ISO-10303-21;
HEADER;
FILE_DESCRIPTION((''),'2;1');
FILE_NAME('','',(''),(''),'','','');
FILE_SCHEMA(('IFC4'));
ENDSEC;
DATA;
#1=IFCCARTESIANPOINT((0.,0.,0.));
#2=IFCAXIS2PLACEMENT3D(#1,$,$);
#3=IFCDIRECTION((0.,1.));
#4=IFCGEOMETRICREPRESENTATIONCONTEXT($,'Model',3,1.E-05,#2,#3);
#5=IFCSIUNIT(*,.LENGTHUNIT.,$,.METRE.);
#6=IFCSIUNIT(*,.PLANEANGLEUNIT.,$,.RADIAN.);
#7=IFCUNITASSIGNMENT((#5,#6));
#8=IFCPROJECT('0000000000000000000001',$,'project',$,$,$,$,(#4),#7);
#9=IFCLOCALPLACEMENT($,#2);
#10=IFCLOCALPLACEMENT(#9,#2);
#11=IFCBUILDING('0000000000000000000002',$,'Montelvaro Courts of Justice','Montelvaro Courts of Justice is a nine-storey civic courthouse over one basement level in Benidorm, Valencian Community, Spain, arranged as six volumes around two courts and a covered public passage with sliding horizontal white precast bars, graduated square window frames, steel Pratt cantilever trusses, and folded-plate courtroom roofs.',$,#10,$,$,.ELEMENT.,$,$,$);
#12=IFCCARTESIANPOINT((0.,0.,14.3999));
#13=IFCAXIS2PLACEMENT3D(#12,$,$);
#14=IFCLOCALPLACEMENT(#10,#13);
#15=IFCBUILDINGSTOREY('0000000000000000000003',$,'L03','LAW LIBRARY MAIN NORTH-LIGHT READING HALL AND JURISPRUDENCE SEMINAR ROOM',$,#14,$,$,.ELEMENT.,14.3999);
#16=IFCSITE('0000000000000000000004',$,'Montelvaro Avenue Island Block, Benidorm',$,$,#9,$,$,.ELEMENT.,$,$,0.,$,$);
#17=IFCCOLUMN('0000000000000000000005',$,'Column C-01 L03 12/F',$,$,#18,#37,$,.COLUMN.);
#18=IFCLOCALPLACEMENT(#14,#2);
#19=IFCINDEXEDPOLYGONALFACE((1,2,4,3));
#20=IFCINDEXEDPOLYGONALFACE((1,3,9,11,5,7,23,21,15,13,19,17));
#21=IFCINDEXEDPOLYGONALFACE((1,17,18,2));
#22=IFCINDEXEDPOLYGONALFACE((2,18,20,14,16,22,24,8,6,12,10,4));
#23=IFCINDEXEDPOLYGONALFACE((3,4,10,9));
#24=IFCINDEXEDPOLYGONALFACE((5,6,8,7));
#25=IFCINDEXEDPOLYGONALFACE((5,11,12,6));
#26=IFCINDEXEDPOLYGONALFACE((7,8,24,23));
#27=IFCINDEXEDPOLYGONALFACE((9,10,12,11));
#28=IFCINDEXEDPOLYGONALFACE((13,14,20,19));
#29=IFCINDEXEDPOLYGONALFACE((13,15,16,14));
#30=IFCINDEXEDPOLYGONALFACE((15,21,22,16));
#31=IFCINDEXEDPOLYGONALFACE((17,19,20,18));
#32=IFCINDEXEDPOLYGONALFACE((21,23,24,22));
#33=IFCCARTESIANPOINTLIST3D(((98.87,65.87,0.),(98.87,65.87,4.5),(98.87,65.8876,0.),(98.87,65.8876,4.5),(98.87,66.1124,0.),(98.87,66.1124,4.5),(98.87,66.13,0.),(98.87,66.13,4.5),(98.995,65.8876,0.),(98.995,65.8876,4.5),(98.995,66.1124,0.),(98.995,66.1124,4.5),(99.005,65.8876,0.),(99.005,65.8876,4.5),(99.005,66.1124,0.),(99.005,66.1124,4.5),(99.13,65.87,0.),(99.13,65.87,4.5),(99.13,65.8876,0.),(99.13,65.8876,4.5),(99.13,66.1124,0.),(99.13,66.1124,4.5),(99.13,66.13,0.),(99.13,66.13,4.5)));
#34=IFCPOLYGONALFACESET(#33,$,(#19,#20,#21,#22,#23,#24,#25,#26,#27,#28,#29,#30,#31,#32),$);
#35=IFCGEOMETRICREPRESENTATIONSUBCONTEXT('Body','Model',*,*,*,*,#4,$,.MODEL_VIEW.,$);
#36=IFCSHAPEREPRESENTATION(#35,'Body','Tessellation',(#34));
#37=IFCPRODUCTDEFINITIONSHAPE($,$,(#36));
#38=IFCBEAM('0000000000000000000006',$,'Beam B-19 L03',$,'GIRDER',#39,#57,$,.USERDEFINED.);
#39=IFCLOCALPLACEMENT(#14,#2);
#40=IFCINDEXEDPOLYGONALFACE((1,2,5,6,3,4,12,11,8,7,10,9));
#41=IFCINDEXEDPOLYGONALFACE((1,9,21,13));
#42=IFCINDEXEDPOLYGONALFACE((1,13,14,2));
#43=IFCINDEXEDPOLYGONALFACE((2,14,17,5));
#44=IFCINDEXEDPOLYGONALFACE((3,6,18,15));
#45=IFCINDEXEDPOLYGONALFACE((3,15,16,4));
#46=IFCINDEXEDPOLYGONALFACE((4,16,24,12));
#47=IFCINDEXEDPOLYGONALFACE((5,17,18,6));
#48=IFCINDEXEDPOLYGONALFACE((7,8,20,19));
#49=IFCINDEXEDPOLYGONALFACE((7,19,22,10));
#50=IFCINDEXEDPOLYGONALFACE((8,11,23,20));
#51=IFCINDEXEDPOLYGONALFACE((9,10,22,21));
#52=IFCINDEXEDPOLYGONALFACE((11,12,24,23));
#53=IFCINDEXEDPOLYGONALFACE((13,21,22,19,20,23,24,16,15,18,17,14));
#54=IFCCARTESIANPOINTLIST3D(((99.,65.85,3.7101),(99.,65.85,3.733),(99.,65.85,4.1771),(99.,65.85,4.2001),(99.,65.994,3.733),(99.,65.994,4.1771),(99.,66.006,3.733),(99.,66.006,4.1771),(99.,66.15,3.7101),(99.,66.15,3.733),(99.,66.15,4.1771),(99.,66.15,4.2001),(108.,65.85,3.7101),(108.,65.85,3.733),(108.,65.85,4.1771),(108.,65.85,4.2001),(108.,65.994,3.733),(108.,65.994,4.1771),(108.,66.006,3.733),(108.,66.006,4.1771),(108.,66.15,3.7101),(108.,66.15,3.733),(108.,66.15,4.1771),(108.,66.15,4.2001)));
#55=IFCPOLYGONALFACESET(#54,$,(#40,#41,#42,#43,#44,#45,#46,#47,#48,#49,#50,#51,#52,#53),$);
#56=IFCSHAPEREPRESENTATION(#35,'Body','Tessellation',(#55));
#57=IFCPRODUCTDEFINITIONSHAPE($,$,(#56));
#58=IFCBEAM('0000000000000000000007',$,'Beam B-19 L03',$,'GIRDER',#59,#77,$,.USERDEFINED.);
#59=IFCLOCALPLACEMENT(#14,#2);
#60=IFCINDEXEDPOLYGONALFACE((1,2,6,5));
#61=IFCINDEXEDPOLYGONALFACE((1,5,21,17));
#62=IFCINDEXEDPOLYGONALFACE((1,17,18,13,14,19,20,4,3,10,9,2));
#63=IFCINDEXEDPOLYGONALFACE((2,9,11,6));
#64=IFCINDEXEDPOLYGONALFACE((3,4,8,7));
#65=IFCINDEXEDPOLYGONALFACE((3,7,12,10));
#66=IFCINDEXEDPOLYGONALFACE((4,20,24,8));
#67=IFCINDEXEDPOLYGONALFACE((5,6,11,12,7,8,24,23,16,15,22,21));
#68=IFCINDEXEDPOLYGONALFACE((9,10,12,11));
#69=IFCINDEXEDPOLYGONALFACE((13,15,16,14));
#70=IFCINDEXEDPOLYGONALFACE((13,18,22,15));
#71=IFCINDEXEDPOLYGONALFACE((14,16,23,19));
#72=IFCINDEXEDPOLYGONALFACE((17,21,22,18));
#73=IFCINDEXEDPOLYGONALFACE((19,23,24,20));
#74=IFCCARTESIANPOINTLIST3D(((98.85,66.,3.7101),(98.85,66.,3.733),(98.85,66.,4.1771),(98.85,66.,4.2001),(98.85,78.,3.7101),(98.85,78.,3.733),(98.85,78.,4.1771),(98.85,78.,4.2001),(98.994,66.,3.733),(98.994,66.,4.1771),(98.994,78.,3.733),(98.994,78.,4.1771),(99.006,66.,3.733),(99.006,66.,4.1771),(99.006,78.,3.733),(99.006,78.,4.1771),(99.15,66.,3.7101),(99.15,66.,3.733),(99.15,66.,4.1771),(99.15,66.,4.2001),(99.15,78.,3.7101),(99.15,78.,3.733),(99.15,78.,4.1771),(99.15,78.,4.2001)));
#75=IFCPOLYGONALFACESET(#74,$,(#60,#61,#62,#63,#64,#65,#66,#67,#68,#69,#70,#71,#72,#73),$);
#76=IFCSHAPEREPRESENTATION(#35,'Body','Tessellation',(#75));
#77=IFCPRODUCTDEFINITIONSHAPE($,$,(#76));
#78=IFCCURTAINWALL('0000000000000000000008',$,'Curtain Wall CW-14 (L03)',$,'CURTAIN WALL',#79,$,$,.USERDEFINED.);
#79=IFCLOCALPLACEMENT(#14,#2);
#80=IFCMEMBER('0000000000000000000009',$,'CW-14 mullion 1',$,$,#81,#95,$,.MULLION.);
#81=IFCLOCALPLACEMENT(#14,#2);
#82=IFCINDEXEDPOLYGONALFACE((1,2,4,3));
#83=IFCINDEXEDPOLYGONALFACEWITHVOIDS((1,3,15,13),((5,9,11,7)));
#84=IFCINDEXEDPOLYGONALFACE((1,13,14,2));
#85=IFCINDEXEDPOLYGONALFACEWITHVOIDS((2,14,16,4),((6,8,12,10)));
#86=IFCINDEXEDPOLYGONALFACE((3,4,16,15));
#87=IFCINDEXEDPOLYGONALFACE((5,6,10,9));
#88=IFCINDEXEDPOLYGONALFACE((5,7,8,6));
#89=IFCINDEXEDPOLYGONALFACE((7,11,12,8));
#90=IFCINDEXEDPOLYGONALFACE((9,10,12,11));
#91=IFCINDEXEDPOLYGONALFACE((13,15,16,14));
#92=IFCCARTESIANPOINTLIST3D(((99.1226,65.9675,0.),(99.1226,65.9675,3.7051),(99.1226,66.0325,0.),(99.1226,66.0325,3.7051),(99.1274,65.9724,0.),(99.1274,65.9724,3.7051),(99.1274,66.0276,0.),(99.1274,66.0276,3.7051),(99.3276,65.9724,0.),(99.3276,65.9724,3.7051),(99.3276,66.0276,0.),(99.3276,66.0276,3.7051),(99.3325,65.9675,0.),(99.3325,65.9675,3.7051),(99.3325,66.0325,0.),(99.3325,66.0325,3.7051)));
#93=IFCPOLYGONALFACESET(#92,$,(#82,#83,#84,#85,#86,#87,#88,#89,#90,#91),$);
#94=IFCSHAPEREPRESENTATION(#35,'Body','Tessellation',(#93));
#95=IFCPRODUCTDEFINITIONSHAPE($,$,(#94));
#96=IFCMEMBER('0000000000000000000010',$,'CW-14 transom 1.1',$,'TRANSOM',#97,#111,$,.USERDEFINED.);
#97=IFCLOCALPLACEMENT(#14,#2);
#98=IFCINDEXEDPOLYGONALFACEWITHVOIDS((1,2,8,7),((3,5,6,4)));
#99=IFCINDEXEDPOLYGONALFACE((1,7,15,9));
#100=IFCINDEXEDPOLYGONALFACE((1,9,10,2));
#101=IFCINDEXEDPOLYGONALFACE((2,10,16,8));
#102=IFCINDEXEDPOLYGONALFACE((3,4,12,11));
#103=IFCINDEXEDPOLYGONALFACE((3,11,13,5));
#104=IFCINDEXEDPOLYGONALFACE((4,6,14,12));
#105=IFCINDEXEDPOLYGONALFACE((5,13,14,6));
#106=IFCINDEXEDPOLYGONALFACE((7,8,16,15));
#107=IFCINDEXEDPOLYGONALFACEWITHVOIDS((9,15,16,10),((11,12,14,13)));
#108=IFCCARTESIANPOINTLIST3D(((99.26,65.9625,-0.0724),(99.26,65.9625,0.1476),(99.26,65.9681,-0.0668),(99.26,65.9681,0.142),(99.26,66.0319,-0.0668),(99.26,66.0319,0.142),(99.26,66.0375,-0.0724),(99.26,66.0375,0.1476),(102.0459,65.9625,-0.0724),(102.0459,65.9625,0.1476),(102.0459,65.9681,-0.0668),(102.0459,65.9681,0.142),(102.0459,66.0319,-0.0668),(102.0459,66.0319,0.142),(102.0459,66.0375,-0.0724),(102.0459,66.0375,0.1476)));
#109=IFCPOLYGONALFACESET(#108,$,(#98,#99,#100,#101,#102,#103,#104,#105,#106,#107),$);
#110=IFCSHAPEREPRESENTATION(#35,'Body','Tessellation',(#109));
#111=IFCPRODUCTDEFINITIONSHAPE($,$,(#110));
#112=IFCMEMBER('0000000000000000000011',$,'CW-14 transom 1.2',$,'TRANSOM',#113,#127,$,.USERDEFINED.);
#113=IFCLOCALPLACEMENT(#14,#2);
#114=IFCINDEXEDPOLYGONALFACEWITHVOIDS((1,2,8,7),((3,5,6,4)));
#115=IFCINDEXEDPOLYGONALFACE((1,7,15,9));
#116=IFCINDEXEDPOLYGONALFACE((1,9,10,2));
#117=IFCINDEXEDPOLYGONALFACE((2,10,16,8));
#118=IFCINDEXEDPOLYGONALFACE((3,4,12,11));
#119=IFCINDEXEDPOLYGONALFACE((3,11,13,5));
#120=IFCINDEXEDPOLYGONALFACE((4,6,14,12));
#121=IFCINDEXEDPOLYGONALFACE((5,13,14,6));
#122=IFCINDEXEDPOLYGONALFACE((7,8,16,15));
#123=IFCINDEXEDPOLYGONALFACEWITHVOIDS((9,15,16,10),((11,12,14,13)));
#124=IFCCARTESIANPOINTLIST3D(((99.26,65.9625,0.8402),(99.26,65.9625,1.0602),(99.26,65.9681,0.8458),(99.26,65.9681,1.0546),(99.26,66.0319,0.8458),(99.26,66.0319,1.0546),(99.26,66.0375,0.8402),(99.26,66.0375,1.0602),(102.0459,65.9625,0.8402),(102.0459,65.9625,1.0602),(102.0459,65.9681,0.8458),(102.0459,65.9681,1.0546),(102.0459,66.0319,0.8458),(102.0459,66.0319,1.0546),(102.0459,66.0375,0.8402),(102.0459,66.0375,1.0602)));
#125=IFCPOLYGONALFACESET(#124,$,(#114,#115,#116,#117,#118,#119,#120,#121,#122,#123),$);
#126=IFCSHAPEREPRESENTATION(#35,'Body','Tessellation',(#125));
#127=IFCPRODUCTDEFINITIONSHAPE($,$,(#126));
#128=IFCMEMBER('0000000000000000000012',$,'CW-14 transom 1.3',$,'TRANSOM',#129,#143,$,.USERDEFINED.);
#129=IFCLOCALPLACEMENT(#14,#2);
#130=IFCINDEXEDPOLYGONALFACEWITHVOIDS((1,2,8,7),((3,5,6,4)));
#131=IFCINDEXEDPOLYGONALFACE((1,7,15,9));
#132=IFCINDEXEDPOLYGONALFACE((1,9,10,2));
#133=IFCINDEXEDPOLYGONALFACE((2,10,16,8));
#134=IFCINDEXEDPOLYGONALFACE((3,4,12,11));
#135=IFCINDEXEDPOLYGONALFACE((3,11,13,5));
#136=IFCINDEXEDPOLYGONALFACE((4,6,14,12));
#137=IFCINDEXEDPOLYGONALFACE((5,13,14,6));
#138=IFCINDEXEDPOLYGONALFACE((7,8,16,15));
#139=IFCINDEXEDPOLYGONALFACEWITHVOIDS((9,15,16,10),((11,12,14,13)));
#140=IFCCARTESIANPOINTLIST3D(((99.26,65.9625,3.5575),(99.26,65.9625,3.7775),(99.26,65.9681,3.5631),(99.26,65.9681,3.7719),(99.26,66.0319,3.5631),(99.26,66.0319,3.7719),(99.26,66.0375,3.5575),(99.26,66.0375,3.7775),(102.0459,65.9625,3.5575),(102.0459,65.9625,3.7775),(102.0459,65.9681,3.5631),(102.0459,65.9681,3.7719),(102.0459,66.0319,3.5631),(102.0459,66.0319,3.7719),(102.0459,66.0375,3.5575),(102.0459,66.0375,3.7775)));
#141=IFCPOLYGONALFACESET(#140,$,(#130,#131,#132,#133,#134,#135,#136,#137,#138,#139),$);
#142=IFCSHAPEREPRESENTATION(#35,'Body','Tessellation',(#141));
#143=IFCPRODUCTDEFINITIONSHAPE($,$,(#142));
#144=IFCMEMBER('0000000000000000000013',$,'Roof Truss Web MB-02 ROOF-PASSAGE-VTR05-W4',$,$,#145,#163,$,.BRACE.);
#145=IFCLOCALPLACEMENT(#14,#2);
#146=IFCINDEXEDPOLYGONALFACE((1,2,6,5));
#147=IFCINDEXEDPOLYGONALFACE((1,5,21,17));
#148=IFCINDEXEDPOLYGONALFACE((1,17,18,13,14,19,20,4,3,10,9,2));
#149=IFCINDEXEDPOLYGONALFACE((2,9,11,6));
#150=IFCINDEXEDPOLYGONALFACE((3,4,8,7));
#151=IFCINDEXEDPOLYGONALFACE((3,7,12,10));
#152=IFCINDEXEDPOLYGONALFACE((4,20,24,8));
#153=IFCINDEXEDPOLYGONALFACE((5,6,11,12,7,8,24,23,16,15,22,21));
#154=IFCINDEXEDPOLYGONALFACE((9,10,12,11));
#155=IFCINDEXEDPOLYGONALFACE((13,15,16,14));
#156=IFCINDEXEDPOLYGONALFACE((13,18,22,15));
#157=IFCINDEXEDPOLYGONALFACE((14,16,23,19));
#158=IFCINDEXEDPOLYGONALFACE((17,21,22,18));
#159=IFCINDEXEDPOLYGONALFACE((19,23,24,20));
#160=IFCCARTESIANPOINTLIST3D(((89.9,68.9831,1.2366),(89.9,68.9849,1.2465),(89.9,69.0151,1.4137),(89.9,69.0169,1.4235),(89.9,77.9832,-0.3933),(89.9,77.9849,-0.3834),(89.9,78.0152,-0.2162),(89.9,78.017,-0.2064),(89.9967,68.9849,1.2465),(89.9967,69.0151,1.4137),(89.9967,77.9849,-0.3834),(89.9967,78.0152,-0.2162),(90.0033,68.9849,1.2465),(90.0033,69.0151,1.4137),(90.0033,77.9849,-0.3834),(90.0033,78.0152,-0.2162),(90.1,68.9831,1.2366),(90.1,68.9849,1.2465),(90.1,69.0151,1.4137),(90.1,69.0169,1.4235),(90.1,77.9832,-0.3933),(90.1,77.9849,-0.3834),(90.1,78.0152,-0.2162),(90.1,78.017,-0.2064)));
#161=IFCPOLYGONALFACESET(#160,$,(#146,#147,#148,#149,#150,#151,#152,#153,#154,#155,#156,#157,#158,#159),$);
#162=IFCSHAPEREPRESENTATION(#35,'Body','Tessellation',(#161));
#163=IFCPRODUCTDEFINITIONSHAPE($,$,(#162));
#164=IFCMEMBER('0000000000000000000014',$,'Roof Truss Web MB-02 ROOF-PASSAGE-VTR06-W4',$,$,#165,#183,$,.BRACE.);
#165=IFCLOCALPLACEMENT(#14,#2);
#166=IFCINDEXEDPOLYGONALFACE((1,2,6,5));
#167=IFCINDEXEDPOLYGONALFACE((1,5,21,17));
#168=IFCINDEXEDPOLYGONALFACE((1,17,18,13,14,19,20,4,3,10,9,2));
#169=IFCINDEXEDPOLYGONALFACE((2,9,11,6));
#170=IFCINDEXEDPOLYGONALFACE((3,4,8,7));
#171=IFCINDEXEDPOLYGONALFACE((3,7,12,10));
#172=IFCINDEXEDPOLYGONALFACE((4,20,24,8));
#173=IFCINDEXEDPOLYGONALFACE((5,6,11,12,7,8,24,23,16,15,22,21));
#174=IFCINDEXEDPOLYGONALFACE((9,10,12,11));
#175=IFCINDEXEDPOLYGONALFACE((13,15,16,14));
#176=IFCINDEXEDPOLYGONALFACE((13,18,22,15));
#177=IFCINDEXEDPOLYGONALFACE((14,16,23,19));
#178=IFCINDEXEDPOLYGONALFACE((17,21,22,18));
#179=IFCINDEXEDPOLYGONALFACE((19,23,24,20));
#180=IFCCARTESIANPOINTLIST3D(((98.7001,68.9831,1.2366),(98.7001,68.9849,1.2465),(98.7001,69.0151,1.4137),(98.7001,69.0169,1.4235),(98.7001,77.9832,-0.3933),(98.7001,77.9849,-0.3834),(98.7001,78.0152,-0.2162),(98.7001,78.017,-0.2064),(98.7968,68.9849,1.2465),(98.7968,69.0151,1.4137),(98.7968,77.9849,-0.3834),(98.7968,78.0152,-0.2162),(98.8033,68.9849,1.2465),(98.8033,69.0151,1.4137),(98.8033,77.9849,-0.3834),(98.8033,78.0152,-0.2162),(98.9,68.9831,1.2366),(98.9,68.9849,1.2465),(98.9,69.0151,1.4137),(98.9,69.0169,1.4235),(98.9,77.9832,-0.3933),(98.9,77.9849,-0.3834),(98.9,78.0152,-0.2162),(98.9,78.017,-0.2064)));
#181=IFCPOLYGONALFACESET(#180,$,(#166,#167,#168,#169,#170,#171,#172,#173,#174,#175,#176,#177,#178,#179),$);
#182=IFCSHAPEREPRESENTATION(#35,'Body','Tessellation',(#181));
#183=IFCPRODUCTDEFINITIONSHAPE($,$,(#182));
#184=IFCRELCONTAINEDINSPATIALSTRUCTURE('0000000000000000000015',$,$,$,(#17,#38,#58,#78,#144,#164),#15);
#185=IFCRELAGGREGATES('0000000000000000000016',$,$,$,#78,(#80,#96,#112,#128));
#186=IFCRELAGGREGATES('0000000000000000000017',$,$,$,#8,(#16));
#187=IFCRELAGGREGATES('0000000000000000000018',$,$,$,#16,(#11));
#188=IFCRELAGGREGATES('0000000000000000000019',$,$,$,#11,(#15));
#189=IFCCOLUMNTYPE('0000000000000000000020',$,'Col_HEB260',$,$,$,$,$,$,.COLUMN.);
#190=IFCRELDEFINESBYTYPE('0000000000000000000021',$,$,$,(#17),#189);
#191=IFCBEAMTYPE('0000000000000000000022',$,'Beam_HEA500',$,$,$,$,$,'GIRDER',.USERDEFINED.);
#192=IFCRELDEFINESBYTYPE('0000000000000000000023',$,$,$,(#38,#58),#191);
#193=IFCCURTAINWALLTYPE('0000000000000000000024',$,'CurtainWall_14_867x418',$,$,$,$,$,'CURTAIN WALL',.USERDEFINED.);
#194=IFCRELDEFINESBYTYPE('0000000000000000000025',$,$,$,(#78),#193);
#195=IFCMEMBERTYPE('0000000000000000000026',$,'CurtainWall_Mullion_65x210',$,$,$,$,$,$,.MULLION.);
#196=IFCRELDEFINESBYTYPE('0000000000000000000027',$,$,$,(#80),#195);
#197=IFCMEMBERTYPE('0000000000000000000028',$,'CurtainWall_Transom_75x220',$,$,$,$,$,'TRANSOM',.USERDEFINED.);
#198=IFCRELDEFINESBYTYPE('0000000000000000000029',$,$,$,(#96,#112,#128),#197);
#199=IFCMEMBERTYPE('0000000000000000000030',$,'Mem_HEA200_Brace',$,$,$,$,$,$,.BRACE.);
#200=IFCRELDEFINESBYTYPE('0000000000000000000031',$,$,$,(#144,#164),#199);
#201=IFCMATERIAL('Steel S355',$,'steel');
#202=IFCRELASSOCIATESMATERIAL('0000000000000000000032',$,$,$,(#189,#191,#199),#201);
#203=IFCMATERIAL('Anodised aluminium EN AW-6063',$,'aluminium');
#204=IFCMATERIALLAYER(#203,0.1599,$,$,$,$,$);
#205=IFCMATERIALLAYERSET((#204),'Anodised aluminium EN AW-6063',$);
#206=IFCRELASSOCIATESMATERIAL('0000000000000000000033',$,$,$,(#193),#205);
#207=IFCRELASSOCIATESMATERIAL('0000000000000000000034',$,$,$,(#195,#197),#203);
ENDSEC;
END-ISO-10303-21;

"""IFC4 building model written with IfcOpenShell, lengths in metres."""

from ifc_helpers import new_model, si_unit, direction, frame, origin, origin_2d, place, context, subcontext, project, spatial, hollow_rectangle, i_section, extrude, material, layer, layer_set, material_profile, profile_set, type_object, element, aggregate, save


model = new_model("IFC4")

# Units and contexts
model_context = context("Model", 3, precision=1e-05, world=origin(), true_north=direction((0.0, 1.0)))
body_context = subcontext(model_context, "Body", "Model", "MODEL_VIEW")
ifc_project = project(units=[si_unit("LENGTHUNIT", "METRE"), si_unit("PLANEANGLEUNIT", "RADIAN")], contexts=[model_context])

# Site, building, storey
site_placement = place(None, origin())
site = spatial("IfcSite", under=ifc_project, at=site_placement, Name="Montelvaro Avenue Island Block, Benidorm", CompositionType="ELEMENT", RefElevation=0.0)
building_placement = place(site_placement, origin())
building = spatial("IfcBuilding", under=site, at=building_placement, Name="Montelvaro Courts of Justice", Description="Montelvaro Courts of Justice is a nine-storey civic courthouse over one basement level in Benidorm, Valencian Community, Spain, arranged as six volumes around two courts and a covered public passage with sliding horizontal white precast bars, graduated square window frames, steel Pratt cantilever trusses, and folded-plate courtroom roofs.", CompositionType="ELEMENT")
storey_placement = place(building_placement, frame((0.0, 0.0, 14.3999)))
storey = spatial("IfcBuildingStorey", under=building, at=storey_placement, Name="L03", Description="LAW LIBRARY MAIN NORTH-LIGHT READING HALL AND JURISPRUDENCE SEMINAR ROOM", CompositionType="ELEMENT", Elevation=14.3999)

# Column
ifc_material_1 = material(Name="Steel S355", Category="steel")
ifc_material_profile_1 = material_profile(ifc_material_1, i_section(OverallWidth=0.26, OverallDepth=0.26, WebThickness=0.01, FlangeThickness=0.0176, at=origin_2d()), Name="HEB 260")
ifc_profile_set_1 = profile_set([ifc_material_profile_1], Name="Steel S355")
column_type = type_object("IfcColumnType", Name="Col_HEB260", PredefinedType="COLUMN", material=ifc_profile_set_1)
column_placement = place(storey_placement, frame((99.0, 66.0, 0.0), z_axis=(0.0, 0.0, 1.0), x_axis=(1.0, 0.0, 0.0)))
element("IfcColumn", 1, at=column_placement, inside=storey, type_object=column_type, Name="Column C-01 L03 12/F", PredefinedType="COLUMN", context=body_context, shape_type="SweptSolid", body=[
    extrude(i_section(OverallWidth=0.26, OverallDepth=0.26, WebThickness=0.01, FlangeThickness=0.0176, at=origin_2d()), origin(), (0.0, 0.0, 1.0), 4.5),
])

# Beams
ifc_material_profile_2 = material_profile(ifc_material_1, i_section(OverallWidth=0.3, OverallDepth=0.49, WebThickness=0.012, FlangeThickness=0.0229, at=origin_2d()), Name="HEA 500")
ifc_profile_set_2 = profile_set([ifc_material_profile_2], Name="Steel S355")
beam_type = type_object("IfcBeamType", Name="Beam_HEA500", ElementType="GIRDER", PredefinedType="USERDEFINED", material=ifc_profile_set_2)
beam_1_placement = place(storey_placement, frame((99.0, 66.0, 3.9551), z_axis=(1.0, 0.0, 0.0), x_axis=(0.0, 1.0, 0.0)))
element("IfcBeam", 2, at=beam_1_placement, inside=storey, type_object=beam_type, Name="Beam B-19 L03", ObjectType="GIRDER", PredefinedType="USERDEFINED", context=body_context, shape_type="SweptSolid", body=[
    extrude(i_section(OverallWidth=0.3, OverallDepth=0.49, WebThickness=0.012, FlangeThickness=0.0229, at=origin_2d()), origin(), (0.0, 0.0, 1.0), 9.0),
])
beam_2_placement = place(storey_placement, frame((99.0, 66.0, 3.9551), z_axis=(0.0, 1.0, 0.0), x_axis=(-1.0, 0.0, 0.0)))
element("IfcBeam", 3, at=beam_2_placement, inside=storey, type_object=beam_type, Name="Beam B-19 L03", ObjectType="GIRDER", PredefinedType="USERDEFINED", context=body_context, shape_type="SweptSolid", body=[
    extrude(i_section(OverallWidth=0.3, OverallDepth=0.49, WebThickness=0.012, FlangeThickness=0.0229, at=origin_2d()), origin(), (0.0, 0.0, 1.0), 12.0),
])

# Curtain wall, members
ifc_material_2 = material(Name="Anodised aluminium EN AW-6063", Category="aluminium")
ifc_layer_1 = layer(ifc_material_2, 0.1599)
ifc_layer_set_1 = layer_set([ifc_layer_1], Name="Anodised aluminium EN AW-6063")
curtain_wall_type = type_object("IfcCurtainWallType", Name="CurtainWall_14_867x418", ElementType="CURTAIN WALL", PredefinedType="USERDEFINED", material=ifc_layer_set_1)
curtain_wall_placement = place(storey_placement, origin())
curtain_wall = element("IfcCurtainWall", 4, at=curtain_wall_placement, inside=storey, type_object=curtain_wall_type, Name="Curtain Wall CW-14 (L03)", ObjectType="CURTAIN WALL", PredefinedType="USERDEFINED")
ifc_material_profile_3 = material_profile(ifc_material_2, hollow_rectangle(XDim=0.0649, YDim=0.21, WallThickness=0.0049, at=origin_2d()), Name="ALU-M 65x210")
ifc_profile_set_3 = profile_set([ifc_material_profile_3], Name="Anodised aluminium EN AW-6063")
member_type_1 = type_object("IfcMemberType", Name="CurtainWall_Mullion_65x210", PredefinedType="MULLION", material=ifc_profile_set_3)
member_1_placement = place(storey_placement, frame((99.2275, 66.0, 0.0), z_axis=(0.0, 0.0, 1.0), x_axis=(0.0, 1.0, 0.0)))
member_1 = element("IfcMember", 5, at=member_1_placement, type_object=member_type_1, Name="CW-14 mullion 1", PredefinedType="MULLION", context=body_context, shape_type="SweptSolid", body=[
    extrude(hollow_rectangle(XDim=0.0649, YDim=0.21, WallThickness=0.0049, at=origin_2d()), origin(), (0.0, 0.0, 1.0), 3.7051),
])
ifc_material_profile_4 = material_profile(ifc_material_2, hollow_rectangle(XDim=0.075, YDim=0.22, WallThickness=0.0056, at=origin_2d()), Name="ALU-T 75x220")
ifc_profile_set_4 = profile_set([ifc_material_profile_4], Name="Anodised aluminium EN AW-6063")
member_type_2 = type_object("IfcMemberType", Name="CurtainWall_Transom_75x220", ElementType="TRANSOM", PredefinedType="USERDEFINED", material=ifc_profile_set_4)
member_2_placement = place(storey_placement, frame((99.26, 66.0, 0.0376), z_axis=(1.0, 0.0, 0.0), x_axis=(0.0, 1.0, 0.0)))
member_2 = element("IfcMember", 6, at=member_2_placement, type_object=member_type_2, Name="CW-14 transom 1.1", ObjectType="TRANSOM", PredefinedType="USERDEFINED", context=body_context, shape_type="SweptSolid", body=[
    extrude(hollow_rectangle(XDim=0.075, YDim=0.22, WallThickness=0.0056, at=origin_2d()), origin(), (0.0, 0.0, 1.0), 2.7859),
])
member_3_placement = place(storey_placement, frame((99.26, 66.0, 0.9502), z_axis=(1.0, 0.0, 0.0), x_axis=(0.0, 1.0, 0.0)))
member_3 = element("IfcMember", 7, at=member_3_placement, type_object=member_type_2, Name="CW-14 transom 1.2", ObjectType="TRANSOM", PredefinedType="USERDEFINED", context=body_context, shape_type="SweptSolid", body=[
    extrude(hollow_rectangle(XDim=0.075, YDim=0.22, WallThickness=0.0056, at=origin_2d()), origin(), (0.0, 0.0, 1.0), 2.7859),
])
member_4_placement = place(storey_placement, frame((99.26, 66.0, 3.6675), z_axis=(1.0, 0.0, 0.0), x_axis=(0.0, 1.0, 0.0)))
member_4 = element("IfcMember", 8, at=member_4_placement, type_object=member_type_2, Name="CW-14 transom 1.3", ObjectType="TRANSOM", PredefinedType="USERDEFINED", context=body_context, shape_type="SweptSolid", body=[
    extrude(hollow_rectangle(XDim=0.075, YDim=0.22, WallThickness=0.0056, at=origin_2d()), origin(), (0.0, 0.0, 1.0), 2.7859),
])
aggregate(curtain_wall, [member_1, member_2, member_3, member_4])

# Members
ifc_material_profile_5 = material_profile(ifc_material_1, i_section(OverallWidth=0.2, OverallDepth=0.1899, WebThickness=0.0066, FlangeThickness=0.01, at=origin_2d()), Name="HEA 200")
ifc_profile_set_5 = profile_set([ifc_material_profile_5], Name="Steel S355")
member_type_3 = type_object("IfcMemberType", Name="Mem_HEA200_Brace", PredefinedType="BRACE", material=ifc_profile_set_5)
for number, where, z_axis, x_axis, name in (
    (9, (90.0, 69.0, 1.3301), (0.0, 0.983994, -0.1782), (-1.0, 0.0, 0.0), "Roof Truss Web MB-02 ROOF-PASSAGE-VTR05-W4"),
    (10, (98.8, 69.0, 1.3301), (0.0, 0.983994, -0.1782), (-1.0, 0.0, 0.0), "Roof Truss Web MB-02 ROOF-PASSAGE-VTR06-W4"),
):
    element("IfcMember", number, at=place(storey_placement, frame(where, z_axis=z_axis, x_axis=x_axis)), inside=storey, type_object=member_type_3, Name=name, PredefinedType="BRACE", context=body_context, shape_type="SweptSolid", body=[
        extrude(i_section(OverallWidth=0.2, OverallDepth=0.1899, WebThickness=0.0066, FlangeThickness=0.01, at=origin_2d()), origin(), (0.0, 0.0, 1.0), 9.1465),
    ])

save(model, "model.ifc")
